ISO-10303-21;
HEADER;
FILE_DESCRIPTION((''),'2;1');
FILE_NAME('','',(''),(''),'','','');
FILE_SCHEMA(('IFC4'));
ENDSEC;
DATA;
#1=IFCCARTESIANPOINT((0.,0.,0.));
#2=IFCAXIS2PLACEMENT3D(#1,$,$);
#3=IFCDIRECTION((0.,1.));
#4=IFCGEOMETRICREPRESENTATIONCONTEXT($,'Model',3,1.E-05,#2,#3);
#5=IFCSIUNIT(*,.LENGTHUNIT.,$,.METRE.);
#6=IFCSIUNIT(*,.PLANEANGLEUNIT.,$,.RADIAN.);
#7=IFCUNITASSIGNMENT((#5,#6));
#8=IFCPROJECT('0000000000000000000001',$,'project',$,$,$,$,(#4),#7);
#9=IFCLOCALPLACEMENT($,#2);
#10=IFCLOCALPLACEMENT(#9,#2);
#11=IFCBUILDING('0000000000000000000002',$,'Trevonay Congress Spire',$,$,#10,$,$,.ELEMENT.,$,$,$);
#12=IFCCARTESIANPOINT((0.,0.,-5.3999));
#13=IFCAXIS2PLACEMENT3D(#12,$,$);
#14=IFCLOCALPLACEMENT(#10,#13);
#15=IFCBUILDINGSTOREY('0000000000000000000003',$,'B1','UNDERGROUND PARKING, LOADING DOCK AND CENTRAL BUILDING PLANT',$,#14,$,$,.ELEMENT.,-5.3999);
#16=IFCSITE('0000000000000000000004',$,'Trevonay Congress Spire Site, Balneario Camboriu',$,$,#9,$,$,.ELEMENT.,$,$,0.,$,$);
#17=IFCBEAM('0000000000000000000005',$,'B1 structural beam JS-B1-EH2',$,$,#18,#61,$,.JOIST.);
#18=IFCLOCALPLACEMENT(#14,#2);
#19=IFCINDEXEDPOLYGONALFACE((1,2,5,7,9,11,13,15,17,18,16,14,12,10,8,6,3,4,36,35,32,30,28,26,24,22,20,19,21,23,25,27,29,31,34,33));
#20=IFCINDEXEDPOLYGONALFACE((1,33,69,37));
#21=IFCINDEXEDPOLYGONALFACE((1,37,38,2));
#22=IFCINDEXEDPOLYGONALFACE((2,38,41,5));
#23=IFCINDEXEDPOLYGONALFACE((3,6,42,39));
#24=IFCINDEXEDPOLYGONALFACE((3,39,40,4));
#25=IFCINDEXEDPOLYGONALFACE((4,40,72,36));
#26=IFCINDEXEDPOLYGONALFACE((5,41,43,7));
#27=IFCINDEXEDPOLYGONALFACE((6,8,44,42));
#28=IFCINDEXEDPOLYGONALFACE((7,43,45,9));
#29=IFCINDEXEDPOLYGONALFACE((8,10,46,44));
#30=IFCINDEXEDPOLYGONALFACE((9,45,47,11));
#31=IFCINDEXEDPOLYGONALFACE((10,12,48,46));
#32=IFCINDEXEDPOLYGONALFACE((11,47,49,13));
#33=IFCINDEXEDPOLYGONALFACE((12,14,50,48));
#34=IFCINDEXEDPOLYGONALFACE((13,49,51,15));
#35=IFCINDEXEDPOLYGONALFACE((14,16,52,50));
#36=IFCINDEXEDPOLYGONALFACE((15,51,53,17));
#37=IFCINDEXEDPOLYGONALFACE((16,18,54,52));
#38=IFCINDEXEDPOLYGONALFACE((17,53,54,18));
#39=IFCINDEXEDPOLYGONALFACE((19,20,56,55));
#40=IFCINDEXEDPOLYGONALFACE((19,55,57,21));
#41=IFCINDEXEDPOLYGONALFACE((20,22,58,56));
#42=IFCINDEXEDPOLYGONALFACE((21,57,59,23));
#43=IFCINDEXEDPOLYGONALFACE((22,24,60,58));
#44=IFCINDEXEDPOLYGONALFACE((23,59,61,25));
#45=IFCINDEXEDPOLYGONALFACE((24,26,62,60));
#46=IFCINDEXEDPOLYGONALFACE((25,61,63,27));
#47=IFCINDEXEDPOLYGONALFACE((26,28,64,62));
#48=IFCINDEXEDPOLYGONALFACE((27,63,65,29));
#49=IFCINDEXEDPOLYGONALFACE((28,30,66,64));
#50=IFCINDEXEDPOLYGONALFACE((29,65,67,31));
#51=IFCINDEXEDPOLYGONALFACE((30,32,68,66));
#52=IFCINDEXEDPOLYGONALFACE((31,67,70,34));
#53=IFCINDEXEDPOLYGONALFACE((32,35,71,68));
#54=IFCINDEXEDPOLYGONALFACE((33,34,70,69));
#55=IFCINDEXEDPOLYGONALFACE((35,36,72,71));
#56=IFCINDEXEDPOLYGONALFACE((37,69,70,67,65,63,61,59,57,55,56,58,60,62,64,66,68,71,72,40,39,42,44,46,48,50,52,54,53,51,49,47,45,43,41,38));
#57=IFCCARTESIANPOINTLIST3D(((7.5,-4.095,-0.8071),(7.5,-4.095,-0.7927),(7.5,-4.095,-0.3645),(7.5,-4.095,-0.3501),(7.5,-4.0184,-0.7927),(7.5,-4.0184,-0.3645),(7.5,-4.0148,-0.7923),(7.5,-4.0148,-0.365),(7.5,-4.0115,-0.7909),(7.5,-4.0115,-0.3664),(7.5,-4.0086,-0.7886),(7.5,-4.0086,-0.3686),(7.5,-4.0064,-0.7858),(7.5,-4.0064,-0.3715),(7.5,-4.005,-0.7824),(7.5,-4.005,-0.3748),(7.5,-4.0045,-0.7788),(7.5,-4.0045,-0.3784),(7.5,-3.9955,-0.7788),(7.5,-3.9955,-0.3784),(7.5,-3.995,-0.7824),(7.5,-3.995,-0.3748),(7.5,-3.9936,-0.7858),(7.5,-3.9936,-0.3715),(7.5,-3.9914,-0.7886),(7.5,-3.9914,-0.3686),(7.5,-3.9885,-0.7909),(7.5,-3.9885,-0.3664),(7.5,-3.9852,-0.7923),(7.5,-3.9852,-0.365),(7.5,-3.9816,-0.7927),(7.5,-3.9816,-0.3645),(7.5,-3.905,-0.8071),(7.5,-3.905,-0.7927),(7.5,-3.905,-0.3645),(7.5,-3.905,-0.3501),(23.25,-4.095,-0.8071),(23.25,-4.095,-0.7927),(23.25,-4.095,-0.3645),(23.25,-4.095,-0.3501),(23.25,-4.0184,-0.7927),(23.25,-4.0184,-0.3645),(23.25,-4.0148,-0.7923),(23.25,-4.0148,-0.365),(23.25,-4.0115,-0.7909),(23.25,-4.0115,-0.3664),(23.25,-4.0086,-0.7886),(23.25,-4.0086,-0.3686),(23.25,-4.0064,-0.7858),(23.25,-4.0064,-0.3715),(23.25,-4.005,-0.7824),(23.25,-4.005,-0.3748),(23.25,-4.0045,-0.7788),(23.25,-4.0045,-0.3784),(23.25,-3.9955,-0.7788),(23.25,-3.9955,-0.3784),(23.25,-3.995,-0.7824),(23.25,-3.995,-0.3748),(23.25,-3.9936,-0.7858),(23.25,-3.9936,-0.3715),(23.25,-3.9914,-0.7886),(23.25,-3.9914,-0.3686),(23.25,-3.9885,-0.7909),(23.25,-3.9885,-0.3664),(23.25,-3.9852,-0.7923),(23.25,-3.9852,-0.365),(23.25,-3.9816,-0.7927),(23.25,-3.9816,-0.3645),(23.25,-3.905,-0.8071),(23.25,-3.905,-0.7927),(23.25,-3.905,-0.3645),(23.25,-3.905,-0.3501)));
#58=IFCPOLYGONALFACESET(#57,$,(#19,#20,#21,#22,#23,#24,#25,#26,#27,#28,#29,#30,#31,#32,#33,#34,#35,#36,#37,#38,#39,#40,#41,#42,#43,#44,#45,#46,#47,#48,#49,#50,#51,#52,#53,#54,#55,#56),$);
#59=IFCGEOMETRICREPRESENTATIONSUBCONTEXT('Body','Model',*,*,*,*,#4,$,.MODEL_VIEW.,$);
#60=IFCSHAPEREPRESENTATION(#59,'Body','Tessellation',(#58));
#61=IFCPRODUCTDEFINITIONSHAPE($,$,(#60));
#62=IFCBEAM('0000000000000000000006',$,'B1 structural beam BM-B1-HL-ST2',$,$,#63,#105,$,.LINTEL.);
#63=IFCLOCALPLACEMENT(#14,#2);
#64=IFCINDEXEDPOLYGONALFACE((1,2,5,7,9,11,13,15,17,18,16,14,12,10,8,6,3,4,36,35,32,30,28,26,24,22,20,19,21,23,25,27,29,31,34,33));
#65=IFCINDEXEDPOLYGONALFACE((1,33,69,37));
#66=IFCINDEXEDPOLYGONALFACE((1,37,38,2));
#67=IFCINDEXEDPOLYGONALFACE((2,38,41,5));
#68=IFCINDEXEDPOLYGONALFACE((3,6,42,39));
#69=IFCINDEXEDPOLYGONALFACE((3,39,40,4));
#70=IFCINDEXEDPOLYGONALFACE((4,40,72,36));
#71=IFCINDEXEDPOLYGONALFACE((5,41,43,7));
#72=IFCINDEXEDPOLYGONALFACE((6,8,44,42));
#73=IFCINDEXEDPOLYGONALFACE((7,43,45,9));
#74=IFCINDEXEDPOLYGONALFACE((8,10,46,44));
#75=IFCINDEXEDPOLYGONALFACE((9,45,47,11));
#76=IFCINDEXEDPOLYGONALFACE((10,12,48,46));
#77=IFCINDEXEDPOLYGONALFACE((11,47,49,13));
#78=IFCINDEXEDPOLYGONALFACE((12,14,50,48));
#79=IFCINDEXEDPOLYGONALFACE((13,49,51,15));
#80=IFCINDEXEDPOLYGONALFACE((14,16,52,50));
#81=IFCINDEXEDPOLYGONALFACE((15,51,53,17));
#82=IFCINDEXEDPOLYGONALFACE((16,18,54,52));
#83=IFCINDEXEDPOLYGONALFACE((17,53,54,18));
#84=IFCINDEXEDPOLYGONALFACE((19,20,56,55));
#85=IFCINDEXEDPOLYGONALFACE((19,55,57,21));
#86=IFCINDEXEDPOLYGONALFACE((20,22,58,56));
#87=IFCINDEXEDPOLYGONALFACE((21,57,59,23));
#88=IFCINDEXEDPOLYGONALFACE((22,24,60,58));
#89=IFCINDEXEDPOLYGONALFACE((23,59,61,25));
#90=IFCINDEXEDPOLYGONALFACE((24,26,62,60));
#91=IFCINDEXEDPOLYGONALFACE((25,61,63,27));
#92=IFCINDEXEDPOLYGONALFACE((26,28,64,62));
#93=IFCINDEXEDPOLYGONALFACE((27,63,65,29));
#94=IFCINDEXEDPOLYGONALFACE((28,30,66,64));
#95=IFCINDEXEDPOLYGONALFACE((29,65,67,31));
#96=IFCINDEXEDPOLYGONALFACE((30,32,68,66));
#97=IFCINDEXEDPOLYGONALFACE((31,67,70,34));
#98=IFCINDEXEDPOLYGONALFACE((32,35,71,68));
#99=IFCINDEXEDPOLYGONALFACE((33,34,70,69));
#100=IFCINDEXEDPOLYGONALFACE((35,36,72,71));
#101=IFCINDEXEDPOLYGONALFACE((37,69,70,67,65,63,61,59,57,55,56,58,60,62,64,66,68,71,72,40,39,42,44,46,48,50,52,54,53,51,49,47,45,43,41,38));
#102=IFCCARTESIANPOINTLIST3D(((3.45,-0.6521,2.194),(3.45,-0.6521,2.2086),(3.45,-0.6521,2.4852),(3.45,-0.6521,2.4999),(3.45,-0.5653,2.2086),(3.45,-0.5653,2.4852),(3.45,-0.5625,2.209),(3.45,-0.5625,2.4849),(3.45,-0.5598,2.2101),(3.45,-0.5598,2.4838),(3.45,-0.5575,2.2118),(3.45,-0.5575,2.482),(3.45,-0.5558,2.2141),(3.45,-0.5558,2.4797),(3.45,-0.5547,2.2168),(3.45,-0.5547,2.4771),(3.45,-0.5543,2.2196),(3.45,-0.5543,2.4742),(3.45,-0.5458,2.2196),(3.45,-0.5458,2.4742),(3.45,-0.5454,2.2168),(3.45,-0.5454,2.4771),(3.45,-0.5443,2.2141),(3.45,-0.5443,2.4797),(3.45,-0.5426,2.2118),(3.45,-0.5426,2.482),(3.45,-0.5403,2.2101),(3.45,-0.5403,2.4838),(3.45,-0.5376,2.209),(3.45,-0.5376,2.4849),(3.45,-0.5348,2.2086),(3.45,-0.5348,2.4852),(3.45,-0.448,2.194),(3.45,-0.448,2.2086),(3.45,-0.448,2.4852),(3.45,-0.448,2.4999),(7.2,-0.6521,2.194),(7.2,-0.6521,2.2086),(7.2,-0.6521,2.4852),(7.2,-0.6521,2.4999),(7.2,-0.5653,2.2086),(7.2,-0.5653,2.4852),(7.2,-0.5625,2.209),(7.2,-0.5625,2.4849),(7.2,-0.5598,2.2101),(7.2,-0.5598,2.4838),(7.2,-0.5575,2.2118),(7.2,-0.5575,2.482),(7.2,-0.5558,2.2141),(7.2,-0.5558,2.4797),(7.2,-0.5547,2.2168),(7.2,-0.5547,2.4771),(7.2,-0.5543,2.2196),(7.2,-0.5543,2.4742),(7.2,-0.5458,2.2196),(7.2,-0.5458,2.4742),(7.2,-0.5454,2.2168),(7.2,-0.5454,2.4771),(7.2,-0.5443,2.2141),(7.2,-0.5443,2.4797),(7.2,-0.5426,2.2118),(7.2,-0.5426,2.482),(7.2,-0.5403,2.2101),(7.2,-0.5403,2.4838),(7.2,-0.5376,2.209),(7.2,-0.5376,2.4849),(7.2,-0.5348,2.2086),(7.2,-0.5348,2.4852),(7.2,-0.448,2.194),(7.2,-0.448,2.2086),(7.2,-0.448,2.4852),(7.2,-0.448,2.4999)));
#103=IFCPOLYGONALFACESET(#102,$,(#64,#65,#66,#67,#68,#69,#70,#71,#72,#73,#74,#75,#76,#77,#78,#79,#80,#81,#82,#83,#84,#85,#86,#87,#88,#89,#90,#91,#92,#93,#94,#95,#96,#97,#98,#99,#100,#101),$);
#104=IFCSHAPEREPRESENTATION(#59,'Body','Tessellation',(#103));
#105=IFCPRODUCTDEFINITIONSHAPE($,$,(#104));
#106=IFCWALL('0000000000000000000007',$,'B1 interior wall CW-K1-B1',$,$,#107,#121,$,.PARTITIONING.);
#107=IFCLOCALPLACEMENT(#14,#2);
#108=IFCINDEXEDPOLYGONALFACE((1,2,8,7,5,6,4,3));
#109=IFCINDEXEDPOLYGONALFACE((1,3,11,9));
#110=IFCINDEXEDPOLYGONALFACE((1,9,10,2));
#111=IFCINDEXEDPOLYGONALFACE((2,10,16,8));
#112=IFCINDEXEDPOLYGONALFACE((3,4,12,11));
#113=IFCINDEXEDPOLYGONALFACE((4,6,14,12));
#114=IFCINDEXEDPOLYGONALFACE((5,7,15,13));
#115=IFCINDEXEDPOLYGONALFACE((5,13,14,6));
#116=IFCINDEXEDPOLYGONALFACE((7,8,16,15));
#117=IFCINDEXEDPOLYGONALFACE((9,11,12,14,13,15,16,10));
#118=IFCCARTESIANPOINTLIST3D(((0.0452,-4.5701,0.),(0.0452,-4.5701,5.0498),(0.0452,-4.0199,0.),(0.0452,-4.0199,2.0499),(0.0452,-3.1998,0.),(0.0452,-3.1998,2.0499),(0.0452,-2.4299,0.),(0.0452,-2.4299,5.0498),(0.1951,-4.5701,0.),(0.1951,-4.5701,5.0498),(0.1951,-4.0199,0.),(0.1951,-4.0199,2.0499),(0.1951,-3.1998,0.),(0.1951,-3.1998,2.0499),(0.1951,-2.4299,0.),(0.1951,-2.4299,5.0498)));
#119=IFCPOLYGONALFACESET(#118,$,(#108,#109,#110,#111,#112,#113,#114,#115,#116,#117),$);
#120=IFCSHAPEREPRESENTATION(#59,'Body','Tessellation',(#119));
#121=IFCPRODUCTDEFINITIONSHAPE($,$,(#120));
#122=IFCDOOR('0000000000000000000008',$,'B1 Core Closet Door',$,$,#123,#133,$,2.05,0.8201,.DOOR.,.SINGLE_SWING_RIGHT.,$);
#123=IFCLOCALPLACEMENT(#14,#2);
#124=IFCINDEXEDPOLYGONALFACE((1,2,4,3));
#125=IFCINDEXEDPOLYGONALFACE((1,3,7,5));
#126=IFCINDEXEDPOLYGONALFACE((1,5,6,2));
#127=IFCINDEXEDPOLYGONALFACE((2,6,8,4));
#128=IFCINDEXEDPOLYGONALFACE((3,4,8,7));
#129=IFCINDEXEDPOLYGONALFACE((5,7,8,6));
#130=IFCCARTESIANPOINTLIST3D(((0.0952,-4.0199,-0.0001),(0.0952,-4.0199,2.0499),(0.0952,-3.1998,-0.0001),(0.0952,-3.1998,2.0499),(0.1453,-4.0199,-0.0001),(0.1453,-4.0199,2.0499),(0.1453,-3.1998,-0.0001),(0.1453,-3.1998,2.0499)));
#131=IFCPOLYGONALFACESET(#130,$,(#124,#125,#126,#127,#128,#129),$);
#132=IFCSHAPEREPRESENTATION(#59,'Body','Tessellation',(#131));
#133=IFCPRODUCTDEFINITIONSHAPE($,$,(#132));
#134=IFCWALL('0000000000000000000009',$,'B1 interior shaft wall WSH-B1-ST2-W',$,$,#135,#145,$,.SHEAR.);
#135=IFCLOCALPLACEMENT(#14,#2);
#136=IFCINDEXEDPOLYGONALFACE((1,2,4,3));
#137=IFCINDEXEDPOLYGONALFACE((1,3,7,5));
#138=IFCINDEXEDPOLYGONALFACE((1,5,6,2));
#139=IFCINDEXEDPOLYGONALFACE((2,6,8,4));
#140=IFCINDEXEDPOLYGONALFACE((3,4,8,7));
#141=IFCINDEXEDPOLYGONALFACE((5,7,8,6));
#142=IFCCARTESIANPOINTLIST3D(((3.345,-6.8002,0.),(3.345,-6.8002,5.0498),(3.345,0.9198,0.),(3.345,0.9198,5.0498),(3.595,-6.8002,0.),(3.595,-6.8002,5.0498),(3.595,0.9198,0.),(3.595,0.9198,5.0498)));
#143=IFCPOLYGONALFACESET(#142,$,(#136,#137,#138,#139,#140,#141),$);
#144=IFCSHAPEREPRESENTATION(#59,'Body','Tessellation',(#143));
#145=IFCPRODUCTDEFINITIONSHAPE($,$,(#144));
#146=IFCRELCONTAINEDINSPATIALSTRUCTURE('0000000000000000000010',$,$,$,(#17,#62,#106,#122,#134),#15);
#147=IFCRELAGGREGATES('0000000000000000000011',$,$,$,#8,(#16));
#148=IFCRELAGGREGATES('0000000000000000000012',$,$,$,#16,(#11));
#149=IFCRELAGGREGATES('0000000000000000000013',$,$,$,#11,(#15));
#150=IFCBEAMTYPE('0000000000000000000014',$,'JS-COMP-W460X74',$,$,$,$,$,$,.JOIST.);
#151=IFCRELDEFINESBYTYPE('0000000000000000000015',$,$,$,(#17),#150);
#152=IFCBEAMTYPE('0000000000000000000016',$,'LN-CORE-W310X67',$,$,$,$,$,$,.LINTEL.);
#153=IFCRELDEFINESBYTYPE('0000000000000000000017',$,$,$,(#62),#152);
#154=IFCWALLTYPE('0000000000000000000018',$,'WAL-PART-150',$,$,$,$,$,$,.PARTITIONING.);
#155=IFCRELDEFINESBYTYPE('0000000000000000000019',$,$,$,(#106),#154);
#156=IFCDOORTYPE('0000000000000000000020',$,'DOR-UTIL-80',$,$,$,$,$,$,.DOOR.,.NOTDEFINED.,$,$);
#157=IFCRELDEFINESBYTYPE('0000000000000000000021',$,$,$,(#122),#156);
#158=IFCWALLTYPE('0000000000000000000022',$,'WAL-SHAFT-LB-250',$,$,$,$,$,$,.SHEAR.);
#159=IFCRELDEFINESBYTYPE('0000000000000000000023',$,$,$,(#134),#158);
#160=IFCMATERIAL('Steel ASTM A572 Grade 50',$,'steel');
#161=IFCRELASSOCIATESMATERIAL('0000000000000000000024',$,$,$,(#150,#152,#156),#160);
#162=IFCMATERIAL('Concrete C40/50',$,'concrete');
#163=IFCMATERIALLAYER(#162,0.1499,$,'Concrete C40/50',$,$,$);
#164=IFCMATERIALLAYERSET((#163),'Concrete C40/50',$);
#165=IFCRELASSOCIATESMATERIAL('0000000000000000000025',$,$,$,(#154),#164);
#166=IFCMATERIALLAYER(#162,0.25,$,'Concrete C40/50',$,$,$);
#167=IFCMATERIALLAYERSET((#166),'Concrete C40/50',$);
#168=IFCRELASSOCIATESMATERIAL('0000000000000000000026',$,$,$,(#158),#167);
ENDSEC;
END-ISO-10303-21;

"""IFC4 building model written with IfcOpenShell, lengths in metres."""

from ifc_helpers import new_model, si_unit, direction, frame, frame_2d, origin, origin_2d, place, context, subcontext, project, spatial, rectangle, i_section, extrude, material, layer, layer_set, material_profile, profile_set, type_object, element, fill, save


model = new_model("IFC4")

# Units and contexts
model_context = context("Model", 3, precision=1e-05, world=origin(), true_north=direction((0.0, 1.0)))
body_context = subcontext(model_context, "Body", "Model", "MODEL_VIEW")
ifc_project = project(units=[si_unit("LENGTHUNIT", "METRE"), si_unit("PLANEANGLEUNIT", "RADIAN")], contexts=[model_context])

# Site, building, storey
site_placement = place(None, origin())
site = spatial("IfcSite", under=ifc_project, at=site_placement, Name="Trevonay Congress Spire Site, Balneario Camboriu", CompositionType="ELEMENT", RefElevation=0.0)
building_placement = place(site_placement, origin())
building = spatial("IfcBuilding", under=site, at=building_placement, Name="Trevonay Congress Spire", CompositionType="ELEMENT")
storey_placement = place(building_placement, frame((0.0, 0.0, -5.3999)))
storey = spatial("IfcBuildingStorey", under=building, at=storey_placement, Name="B1", Description="UNDERGROUND PARKING, LOADING DOCK AND CENTRAL BUILDING PLANT", CompositionType="ELEMENT", Elevation=-5.3999)

# Beams
ifc_material_1 = material(Name="Steel ASTM A572 Grade 50", Category="steel")
ifc_material_profile_1 = material_profile(ifc_material_1, i_section(OverallWidth=0.1899, OverallDepth=0.457, WebThickness=0.009, FlangeThickness=0.0144, FilletRadius=0.0139, at=origin_2d()), Name="W460x74")
ifc_profile_set_1 = profile_set([ifc_material_profile_1], Name="Steel ASTM A572 Grade 50")
beam_type_1 = type_object("IfcBeamType", Name="JS-COMP-W460X74", PredefinedType="JOIST", material=ifc_profile_set_1)
beam_1_placement = place(storey_placement, frame((7.5, -4.0, -0.5786), z_axis=(1.0, 0.0, 0.0), x_axis=(0.0, 1.0, 0.0)))
element("IfcBeam", 1, at=beam_1_placement, inside=storey, type_object=beam_type_1, Name="B1 structural beam JS-B1-EH2", PredefinedType="JOIST", context=body_context, shape_type="SweptSolid", body=[
    extrude(i_section(OverallWidth=0.1899, OverallDepth=0.457, WebThickness=0.009, FlangeThickness=0.0144, FilletRadius=0.0139, at=origin_2d()), origin(), (0.0, 0.0, 1.0), 15.75),
])
ifc_material_profile_2 = material_profile(ifc_material_1, i_section(OverallWidth=0.2041, OverallDepth=0.3059, WebThickness=0.0085, FlangeThickness=0.0146, FilletRadius=0.011, at=origin_2d()), Name="W310x67")
ifc_profile_set_2 = profile_set([ifc_material_profile_2], Name="Steel ASTM A572 Grade 50")
beam_type_2 = type_object("IfcBeamType", Name="LN-CORE-W310X67", PredefinedType="LINTEL", material=ifc_profile_set_2)
beam_2_placement = place(storey_placement, frame((3.45, -0.55, 2.3469), z_axis=(1.0, 0.0, 0.0), x_axis=(0.0, 1.0, 0.0)))
element("IfcBeam", 2, at=beam_2_placement, inside=storey, type_object=beam_type_2, Name="B1 structural beam BM-B1-HL-ST2", PredefinedType="LINTEL", context=body_context, shape_type="SweptSolid", body=[
    extrude(i_section(OverallWidth=0.2041, OverallDepth=0.3059, WebThickness=0.0085, FlangeThickness=0.0146, FilletRadius=0.011, at=origin_2d()), origin(), (0.0, 0.0, 1.0), 3.75),
])

# Wall, opening, door
ifc_material_2 = material(Name="Concrete C40/50", Category="concrete")
ifc_layer_1 = layer(ifc_material_2, 0.1499, Name="Concrete C40/50")
ifc_layer_set_1 = layer_set([ifc_layer_1], Name="Concrete C40/50")
wall_type_1 = type_object("IfcWallType", Name="WAL-PART-150", PredefinedType="PARTITIONING", material=ifc_layer_set_1)
wall_1_placement = place(storey_placement, frame((0.1201, -4.5701, 0.0), z_axis=(0.0, 0.0, 1.0), x_axis=(0.0, 1.0, 0.0)))
wall_1 = element("IfcWall", 3, at=wall_1_placement, inside=storey, type_object=wall_type_1, Name="B1 interior wall CW-K1-B1", PredefinedType="PARTITIONING", context=body_context, shape_type="SweptSolid", body=[
    extrude(rectangle(XDim=2.1401, YDim=0.1499, at=frame_2d((1.0701, 0.0))), origin(), (0.0, 0.0, 1.0), 5.0498),
])
opening_placement = place(wall_1_placement, frame((0.55, 0.0, 0.0)))
opening = element("IfcOpeningElement", 4, at=opening_placement, cuts=wall_1, PredefinedType="OPENING", context=body_context, shape_type="SweptSolid", body=[
    extrude(rectangle(XDim=0.8201, YDim=2.05, at=frame_2d((0.4102, 1.0249))), frame((0.0, 0.085, 0.0), z_axis=(0.0, -1.0, 0.0), x_axis=(1.0, 0.0, 0.0)), (0.0, 0.0, 1.0), 0.1699),
])
door_type = type_object("IfcDoorType", Name="DOR-UTIL-80", OperationType="NOTDEFINED", PredefinedType="DOOR", material=ifc_material_1)
door_placement = place(opening_placement, origin())
door = element("IfcDoor", 5, at=door_placement, inside=storey, type_object=door_type, Name="B1 Core Closet Door", OperationType="SINGLE_SWING_RIGHT", OverallHeight=2.05, OverallWidth=0.8201, PredefinedType="DOOR", context=body_context, shape_type="SweptSolid", body=[
    extrude(rectangle(XDim=0.8201, YDim=2.05, at=frame_2d((0.4102, 1.0249))), frame((0.0, 0.0249, 0.0), z_axis=(0.0, -1.0, 0.0), x_axis=(1.0, 0.0, 0.0)), (0.0, 0.0, 1.0), 0.05),
])
fill(opening, door)

# Wall
ifc_layer_2 = layer(ifc_material_2, 0.25, Name="Concrete C40/50")
ifc_layer_set_2 = layer_set([ifc_layer_2], Name="Concrete C40/50")
wall_type_2 = type_object("IfcWallType", Name="WAL-SHAFT-LB-250", PredefinedType="SHEAR", material=ifc_layer_set_2)
wall_2_placement = place(storey_placement, frame((3.47, -6.8, 0.0), z_axis=(0.0, 0.0, 1.0), x_axis=(0.0, 1.0, 0.0)))
element("IfcWall", 6, at=wall_2_placement, inside=storey, type_object=wall_type_2, Name="B1 interior shaft wall WSH-B1-ST2-W", PredefinedType="SHEAR", context=body_context, shape_type="SweptSolid", body=[
    extrude(rectangle(XDim=7.72, YDim=0.25, at=frame_2d((3.8599, 0.0))), origin(), (0.0, 0.0, 1.0), 5.0498),
])

save(model, "model.ifc")
